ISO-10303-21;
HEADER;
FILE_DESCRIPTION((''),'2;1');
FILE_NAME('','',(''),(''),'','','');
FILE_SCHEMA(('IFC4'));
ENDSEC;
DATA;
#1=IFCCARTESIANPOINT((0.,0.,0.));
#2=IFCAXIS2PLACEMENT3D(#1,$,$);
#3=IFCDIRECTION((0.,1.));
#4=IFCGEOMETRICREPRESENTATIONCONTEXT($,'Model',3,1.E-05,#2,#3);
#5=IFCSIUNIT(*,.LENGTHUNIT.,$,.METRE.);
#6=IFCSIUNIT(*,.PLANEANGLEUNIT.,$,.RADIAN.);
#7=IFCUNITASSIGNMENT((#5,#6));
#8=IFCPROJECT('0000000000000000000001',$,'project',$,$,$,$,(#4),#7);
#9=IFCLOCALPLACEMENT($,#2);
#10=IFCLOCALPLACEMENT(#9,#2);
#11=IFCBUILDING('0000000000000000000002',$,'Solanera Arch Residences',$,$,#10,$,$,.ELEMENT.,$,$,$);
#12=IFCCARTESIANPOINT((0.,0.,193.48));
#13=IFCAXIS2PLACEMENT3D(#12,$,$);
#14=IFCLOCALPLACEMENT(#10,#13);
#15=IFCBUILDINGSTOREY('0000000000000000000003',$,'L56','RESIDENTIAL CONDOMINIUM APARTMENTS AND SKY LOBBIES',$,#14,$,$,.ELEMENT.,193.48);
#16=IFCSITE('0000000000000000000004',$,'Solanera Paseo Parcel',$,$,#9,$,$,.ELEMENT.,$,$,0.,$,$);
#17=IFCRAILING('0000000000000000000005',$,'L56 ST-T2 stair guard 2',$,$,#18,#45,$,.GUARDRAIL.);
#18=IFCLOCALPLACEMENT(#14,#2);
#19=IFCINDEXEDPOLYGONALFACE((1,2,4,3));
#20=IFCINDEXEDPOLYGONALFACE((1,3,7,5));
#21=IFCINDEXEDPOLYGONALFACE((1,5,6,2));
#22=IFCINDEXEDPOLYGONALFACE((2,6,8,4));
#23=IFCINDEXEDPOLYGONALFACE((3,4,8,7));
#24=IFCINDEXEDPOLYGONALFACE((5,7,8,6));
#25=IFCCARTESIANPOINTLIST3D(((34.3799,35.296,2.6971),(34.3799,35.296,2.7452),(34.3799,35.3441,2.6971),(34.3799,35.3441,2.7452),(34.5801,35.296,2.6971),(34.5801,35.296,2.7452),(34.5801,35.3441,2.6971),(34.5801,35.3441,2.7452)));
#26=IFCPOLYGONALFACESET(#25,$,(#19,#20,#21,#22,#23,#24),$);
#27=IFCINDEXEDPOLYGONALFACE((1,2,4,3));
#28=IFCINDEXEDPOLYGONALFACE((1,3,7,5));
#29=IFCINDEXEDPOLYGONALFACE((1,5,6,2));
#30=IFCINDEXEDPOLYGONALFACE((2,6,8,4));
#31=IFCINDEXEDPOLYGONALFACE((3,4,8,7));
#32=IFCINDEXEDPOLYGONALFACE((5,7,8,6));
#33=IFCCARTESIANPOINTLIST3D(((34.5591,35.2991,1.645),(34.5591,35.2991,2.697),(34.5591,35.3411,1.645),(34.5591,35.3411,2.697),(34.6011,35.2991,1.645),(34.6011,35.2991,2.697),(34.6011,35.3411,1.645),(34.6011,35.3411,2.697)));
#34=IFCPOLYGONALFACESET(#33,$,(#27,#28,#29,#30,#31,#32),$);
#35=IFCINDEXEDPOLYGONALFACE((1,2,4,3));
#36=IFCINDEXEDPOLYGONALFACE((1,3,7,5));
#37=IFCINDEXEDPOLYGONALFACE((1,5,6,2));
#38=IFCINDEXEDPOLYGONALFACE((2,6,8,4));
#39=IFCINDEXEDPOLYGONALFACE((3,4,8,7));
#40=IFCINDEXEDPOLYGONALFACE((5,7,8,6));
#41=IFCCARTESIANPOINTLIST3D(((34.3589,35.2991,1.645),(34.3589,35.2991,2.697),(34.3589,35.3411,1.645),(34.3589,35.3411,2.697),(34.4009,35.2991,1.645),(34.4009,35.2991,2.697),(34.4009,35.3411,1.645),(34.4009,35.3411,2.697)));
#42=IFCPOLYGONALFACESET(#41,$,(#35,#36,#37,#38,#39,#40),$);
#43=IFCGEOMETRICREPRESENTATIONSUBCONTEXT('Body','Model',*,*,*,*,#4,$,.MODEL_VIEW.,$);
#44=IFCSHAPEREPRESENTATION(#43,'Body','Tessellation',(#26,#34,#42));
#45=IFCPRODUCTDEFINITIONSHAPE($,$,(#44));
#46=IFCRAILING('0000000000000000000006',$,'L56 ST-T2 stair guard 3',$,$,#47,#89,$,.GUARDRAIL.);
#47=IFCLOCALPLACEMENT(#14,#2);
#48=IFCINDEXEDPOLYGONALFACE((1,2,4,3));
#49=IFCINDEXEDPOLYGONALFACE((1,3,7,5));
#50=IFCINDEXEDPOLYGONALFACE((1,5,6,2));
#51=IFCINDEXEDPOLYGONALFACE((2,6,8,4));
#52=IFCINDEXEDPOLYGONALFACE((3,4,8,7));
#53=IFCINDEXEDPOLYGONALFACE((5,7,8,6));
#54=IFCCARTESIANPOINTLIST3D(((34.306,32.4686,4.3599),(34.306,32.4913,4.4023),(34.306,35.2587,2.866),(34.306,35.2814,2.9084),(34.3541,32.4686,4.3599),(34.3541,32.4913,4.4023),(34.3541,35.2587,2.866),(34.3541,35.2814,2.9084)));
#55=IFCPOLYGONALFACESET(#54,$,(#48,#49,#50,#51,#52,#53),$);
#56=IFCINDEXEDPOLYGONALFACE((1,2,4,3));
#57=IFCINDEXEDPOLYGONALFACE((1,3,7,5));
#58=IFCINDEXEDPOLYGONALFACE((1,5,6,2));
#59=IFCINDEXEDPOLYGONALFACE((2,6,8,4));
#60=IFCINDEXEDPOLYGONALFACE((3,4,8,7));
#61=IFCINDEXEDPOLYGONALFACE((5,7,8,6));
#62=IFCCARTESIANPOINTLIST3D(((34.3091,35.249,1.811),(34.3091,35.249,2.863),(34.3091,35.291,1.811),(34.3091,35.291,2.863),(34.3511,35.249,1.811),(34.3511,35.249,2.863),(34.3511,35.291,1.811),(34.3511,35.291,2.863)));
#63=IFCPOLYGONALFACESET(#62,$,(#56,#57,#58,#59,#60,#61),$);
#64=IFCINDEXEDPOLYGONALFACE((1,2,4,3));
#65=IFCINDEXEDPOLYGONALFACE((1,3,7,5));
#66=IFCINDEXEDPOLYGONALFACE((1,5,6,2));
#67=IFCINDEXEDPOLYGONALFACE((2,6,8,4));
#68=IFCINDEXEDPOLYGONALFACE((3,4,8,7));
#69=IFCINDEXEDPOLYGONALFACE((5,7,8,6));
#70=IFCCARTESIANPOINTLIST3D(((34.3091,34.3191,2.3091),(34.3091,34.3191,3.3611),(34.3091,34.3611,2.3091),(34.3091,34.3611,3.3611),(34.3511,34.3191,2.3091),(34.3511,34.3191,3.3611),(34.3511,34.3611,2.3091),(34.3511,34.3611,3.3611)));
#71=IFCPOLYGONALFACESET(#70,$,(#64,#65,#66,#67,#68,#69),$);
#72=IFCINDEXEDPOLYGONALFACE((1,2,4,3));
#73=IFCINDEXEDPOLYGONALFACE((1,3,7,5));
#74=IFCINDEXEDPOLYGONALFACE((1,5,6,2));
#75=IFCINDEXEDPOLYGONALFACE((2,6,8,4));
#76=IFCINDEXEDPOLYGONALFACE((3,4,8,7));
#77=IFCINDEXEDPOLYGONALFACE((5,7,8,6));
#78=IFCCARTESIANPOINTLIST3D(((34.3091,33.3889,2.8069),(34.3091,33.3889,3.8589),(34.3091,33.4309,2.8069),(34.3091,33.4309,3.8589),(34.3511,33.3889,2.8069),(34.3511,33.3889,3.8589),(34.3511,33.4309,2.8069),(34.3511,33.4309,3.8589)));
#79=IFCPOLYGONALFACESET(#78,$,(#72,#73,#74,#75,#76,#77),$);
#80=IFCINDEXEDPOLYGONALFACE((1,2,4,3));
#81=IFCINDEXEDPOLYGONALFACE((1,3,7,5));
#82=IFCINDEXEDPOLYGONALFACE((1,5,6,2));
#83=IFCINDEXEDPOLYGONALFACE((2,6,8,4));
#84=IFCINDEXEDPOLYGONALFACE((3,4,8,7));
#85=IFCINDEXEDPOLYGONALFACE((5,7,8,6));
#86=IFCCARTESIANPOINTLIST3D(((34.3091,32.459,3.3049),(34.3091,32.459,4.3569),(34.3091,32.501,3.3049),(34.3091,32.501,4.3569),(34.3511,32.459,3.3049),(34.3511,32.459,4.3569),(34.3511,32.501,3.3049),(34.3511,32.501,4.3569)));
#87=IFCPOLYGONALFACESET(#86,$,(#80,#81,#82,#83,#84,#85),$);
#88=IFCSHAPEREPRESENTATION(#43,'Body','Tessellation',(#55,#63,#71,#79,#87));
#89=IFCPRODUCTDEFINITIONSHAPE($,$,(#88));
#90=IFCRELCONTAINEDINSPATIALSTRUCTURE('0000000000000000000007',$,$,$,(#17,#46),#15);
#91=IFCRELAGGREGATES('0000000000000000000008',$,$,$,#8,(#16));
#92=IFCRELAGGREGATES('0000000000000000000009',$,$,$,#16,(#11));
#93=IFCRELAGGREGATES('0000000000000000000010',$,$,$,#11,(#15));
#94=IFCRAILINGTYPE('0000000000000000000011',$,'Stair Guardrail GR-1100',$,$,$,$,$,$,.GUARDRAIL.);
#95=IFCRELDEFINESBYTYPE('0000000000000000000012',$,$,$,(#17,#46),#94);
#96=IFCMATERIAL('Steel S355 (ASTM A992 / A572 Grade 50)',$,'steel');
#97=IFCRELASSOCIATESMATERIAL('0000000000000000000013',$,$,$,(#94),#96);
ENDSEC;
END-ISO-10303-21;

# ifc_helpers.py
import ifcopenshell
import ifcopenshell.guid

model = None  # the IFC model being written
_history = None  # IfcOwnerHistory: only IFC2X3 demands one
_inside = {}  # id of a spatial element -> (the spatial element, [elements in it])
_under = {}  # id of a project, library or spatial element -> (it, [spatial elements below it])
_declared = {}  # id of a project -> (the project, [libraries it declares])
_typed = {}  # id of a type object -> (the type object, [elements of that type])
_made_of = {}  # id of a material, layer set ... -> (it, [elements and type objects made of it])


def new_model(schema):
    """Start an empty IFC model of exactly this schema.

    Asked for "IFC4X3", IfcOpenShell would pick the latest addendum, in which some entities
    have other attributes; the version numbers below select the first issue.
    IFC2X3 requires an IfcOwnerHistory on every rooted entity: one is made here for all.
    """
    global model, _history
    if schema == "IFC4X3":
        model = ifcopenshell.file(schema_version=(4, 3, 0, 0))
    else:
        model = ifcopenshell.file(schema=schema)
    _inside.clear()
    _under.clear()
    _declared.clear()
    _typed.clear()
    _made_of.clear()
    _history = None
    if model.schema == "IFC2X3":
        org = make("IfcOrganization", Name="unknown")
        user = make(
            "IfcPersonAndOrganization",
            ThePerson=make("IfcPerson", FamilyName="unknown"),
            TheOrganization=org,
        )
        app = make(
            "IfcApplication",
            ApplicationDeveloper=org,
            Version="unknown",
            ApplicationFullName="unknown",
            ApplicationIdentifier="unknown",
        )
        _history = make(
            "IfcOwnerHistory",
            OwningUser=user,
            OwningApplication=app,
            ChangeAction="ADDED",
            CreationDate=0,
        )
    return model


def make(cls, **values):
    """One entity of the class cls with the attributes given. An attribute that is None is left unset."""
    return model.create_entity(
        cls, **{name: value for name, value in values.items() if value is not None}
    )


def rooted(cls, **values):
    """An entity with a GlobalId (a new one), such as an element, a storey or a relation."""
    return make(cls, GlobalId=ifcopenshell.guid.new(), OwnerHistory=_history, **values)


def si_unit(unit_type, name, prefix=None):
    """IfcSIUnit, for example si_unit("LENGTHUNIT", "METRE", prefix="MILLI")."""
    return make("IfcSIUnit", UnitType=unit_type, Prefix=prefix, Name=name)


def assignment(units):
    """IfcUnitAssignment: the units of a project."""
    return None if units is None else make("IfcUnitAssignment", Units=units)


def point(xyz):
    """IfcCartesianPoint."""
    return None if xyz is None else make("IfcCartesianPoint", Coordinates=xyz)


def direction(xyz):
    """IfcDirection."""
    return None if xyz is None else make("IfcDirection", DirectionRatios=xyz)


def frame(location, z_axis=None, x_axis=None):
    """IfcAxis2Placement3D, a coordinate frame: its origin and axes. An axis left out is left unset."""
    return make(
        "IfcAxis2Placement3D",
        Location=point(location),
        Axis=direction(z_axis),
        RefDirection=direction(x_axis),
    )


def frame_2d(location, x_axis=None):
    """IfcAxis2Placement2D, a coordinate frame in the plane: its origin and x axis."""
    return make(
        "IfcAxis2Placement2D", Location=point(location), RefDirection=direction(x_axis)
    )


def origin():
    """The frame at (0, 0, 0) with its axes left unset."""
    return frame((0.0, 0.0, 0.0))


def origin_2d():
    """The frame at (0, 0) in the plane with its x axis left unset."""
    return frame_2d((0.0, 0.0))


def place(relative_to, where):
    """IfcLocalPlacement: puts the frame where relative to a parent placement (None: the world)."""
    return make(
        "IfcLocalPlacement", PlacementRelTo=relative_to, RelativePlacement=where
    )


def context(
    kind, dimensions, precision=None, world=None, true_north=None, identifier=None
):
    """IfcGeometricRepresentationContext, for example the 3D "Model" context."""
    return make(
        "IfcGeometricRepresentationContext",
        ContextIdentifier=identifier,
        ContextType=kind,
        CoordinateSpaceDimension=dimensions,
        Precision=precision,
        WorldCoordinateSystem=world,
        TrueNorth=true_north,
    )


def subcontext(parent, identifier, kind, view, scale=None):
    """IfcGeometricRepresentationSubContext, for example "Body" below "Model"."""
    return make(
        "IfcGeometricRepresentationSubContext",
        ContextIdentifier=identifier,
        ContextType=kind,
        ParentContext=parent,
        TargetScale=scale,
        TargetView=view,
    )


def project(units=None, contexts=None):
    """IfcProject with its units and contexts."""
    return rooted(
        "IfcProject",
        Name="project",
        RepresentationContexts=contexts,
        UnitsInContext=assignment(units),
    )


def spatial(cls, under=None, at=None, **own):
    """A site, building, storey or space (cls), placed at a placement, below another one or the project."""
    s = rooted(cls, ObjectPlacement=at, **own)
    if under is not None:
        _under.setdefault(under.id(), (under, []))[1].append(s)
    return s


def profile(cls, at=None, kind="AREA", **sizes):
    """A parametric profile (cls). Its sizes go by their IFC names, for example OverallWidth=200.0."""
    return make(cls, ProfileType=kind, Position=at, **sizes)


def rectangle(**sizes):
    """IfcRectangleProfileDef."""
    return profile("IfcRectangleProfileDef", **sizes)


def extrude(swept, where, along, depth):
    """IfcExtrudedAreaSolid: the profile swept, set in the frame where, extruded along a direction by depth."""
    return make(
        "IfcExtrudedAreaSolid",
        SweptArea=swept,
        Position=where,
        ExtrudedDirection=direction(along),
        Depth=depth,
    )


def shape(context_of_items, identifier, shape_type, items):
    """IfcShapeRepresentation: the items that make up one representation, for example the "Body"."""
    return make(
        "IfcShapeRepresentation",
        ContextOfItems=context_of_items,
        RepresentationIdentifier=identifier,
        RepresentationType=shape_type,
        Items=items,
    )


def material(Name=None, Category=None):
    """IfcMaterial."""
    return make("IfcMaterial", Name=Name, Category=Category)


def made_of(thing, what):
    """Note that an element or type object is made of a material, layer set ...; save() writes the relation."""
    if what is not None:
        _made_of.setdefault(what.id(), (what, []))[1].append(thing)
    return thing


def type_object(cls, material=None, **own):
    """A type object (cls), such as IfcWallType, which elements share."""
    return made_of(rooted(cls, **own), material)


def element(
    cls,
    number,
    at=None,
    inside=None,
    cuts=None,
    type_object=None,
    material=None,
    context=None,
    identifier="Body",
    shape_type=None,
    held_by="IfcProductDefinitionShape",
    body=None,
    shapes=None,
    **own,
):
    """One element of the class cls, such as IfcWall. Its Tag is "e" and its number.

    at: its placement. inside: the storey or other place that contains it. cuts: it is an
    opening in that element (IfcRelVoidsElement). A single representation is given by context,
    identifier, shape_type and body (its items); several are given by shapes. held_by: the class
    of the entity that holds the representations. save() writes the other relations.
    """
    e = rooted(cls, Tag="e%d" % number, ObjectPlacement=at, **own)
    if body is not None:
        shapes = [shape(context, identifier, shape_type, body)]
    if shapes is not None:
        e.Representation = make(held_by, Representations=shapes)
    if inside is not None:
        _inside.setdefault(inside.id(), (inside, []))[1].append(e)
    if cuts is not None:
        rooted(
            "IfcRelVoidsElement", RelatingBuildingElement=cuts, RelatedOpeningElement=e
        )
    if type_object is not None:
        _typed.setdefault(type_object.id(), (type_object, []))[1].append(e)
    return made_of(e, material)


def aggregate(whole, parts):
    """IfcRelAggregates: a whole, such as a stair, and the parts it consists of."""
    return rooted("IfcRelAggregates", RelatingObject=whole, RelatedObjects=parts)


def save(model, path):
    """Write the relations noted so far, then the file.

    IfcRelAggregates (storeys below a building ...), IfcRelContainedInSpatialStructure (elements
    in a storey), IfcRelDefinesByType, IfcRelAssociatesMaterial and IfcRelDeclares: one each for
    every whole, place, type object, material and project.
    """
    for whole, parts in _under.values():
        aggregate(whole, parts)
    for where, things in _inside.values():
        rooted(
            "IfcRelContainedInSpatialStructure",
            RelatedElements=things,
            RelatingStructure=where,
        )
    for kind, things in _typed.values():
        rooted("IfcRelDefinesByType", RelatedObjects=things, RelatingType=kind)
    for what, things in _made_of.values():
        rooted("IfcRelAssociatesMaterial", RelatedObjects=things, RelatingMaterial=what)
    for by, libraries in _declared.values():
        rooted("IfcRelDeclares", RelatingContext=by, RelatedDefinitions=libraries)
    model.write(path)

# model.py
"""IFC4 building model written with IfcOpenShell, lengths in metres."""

from ifc_helpers import new_model, si_unit, direction, frame, origin, origin_2d, place, context, subcontext, project, spatial, rectangle, extrude, material, type_object, element, save


model = new_model("IFC4")

# Units and contexts
model_context = context("Model", 3, precision=1e-05, world=origin(), true_north=direction((0.0, 1.0)))
body_context = subcontext(model_context, "Body", "Model", "MODEL_VIEW")
ifc_project = project(units=[si_unit("LENGTHUNIT", "METRE"), si_unit("PLANEANGLEUNIT", "RADIAN")], contexts=[model_context])

# Site, building, storey
site_placement = place(None, origin())
site = spatial("IfcSite", under=ifc_project, at=site_placement, Name="Solanera Paseo Parcel", CompositionType="ELEMENT", RefElevation=0.0)
building_placement = place(site_placement, origin())
building = spatial("IfcBuilding", under=site, at=building_placement, Name="Solanera Arch Residences", CompositionType="ELEMENT")
storey_placement = place(building_placement, frame((0.0, 0.0, 193.48)))
storey = spatial("IfcBuildingStorey", under=building, at=storey_placement, Name="L56", Description="RESIDENTIAL CONDOMINIUM APARTMENTS AND SKY LOBBIES", CompositionType="ELEMENT", Elevation=193.48)

# Railings
ifc_material_1 = material(Name="Steel S355 (ASTM A992 / A572 Grade 50)", Category="steel")
railing_type_1 = type_object("IfcRailingType", Name="Stair Guardrail GR-1100", PredefinedType="GUARDRAIL", material=ifc_material_1)
railing_1_placement = place(storey_placement, frame((34.5801, 35.3201, 1.645)))
element("IfcRailing", 1, at=railing_1_placement, inside=storey, type_object=railing_type_1, Name="L56 ST-T2 stair guard 2", PredefinedType="GUARDRAIL", context=body_context, shape_type="SweptSolid", body=[
    extrude(rectangle(XDim=0.0481, YDim=0.0481, at=origin_2d()), frame((0.0, 0.0, 1.0762), z_axis=(-1.0, 0.0, 0.0), x_axis=(0.0, -1.0, 0.0)), (0.0, 0.0, 1.0), 0.2002),
    extrude(rectangle(XDim=0.042, YDim=0.042, at=origin_2d()), origin(), (0.0, 0.0, 1.0), 1.052),
    extrude(rectangle(XDim=0.042, YDim=0.042, at=origin_2d()), frame((-0.2002, 0.0, 0.0)), (0.0, 0.0, 1.0), 1.052),
])
railing_2_placement = place(storey_placement, frame((34.3301, 35.27, 1.811)))
element("IfcRailing", 2, at=railing_2_placement, inside=storey, type_object=railing_type_1, Name="L56 ST-T2 stair guard 3", PredefinedType="GUARDRAIL", context=body_context, shape_type="SweptSolid", body=[
    extrude(rectangle(XDim=0.0481, YDim=0.0481, at=origin_2d()), frame((0.0, 0.0, 1.0762), z_axis=(0.0, -0.881581, 0.472033), x_axis=(1.0, 0.0, 0.0)), (0.0, 0.0, 1.0), 3.1648),
    extrude(rectangle(XDim=0.042, YDim=0.042, at=origin_2d()), origin(), (0.0, 0.0, 1.0), 1.052),
    extrude(rectangle(XDim=0.042, YDim=0.042, at=origin_2d()), frame((0.0, -0.9299, 0.498)), (0.0, 0.0, 1.0), 1.052),
    extrude(rectangle(XDim=0.042, YDim=0.042, at=origin_2d()), frame((0.0, -1.8601, 0.9958)), (0.0, 0.0, 1.0), 1.052),
    extrude(rectangle(XDim=0.042, YDim=0.042, at=origin_2d()), frame((0.0, -2.79, 1.4939)), (0.0, 0.0, 1.0), 1.052),
])

save(model, "model.ifc")
